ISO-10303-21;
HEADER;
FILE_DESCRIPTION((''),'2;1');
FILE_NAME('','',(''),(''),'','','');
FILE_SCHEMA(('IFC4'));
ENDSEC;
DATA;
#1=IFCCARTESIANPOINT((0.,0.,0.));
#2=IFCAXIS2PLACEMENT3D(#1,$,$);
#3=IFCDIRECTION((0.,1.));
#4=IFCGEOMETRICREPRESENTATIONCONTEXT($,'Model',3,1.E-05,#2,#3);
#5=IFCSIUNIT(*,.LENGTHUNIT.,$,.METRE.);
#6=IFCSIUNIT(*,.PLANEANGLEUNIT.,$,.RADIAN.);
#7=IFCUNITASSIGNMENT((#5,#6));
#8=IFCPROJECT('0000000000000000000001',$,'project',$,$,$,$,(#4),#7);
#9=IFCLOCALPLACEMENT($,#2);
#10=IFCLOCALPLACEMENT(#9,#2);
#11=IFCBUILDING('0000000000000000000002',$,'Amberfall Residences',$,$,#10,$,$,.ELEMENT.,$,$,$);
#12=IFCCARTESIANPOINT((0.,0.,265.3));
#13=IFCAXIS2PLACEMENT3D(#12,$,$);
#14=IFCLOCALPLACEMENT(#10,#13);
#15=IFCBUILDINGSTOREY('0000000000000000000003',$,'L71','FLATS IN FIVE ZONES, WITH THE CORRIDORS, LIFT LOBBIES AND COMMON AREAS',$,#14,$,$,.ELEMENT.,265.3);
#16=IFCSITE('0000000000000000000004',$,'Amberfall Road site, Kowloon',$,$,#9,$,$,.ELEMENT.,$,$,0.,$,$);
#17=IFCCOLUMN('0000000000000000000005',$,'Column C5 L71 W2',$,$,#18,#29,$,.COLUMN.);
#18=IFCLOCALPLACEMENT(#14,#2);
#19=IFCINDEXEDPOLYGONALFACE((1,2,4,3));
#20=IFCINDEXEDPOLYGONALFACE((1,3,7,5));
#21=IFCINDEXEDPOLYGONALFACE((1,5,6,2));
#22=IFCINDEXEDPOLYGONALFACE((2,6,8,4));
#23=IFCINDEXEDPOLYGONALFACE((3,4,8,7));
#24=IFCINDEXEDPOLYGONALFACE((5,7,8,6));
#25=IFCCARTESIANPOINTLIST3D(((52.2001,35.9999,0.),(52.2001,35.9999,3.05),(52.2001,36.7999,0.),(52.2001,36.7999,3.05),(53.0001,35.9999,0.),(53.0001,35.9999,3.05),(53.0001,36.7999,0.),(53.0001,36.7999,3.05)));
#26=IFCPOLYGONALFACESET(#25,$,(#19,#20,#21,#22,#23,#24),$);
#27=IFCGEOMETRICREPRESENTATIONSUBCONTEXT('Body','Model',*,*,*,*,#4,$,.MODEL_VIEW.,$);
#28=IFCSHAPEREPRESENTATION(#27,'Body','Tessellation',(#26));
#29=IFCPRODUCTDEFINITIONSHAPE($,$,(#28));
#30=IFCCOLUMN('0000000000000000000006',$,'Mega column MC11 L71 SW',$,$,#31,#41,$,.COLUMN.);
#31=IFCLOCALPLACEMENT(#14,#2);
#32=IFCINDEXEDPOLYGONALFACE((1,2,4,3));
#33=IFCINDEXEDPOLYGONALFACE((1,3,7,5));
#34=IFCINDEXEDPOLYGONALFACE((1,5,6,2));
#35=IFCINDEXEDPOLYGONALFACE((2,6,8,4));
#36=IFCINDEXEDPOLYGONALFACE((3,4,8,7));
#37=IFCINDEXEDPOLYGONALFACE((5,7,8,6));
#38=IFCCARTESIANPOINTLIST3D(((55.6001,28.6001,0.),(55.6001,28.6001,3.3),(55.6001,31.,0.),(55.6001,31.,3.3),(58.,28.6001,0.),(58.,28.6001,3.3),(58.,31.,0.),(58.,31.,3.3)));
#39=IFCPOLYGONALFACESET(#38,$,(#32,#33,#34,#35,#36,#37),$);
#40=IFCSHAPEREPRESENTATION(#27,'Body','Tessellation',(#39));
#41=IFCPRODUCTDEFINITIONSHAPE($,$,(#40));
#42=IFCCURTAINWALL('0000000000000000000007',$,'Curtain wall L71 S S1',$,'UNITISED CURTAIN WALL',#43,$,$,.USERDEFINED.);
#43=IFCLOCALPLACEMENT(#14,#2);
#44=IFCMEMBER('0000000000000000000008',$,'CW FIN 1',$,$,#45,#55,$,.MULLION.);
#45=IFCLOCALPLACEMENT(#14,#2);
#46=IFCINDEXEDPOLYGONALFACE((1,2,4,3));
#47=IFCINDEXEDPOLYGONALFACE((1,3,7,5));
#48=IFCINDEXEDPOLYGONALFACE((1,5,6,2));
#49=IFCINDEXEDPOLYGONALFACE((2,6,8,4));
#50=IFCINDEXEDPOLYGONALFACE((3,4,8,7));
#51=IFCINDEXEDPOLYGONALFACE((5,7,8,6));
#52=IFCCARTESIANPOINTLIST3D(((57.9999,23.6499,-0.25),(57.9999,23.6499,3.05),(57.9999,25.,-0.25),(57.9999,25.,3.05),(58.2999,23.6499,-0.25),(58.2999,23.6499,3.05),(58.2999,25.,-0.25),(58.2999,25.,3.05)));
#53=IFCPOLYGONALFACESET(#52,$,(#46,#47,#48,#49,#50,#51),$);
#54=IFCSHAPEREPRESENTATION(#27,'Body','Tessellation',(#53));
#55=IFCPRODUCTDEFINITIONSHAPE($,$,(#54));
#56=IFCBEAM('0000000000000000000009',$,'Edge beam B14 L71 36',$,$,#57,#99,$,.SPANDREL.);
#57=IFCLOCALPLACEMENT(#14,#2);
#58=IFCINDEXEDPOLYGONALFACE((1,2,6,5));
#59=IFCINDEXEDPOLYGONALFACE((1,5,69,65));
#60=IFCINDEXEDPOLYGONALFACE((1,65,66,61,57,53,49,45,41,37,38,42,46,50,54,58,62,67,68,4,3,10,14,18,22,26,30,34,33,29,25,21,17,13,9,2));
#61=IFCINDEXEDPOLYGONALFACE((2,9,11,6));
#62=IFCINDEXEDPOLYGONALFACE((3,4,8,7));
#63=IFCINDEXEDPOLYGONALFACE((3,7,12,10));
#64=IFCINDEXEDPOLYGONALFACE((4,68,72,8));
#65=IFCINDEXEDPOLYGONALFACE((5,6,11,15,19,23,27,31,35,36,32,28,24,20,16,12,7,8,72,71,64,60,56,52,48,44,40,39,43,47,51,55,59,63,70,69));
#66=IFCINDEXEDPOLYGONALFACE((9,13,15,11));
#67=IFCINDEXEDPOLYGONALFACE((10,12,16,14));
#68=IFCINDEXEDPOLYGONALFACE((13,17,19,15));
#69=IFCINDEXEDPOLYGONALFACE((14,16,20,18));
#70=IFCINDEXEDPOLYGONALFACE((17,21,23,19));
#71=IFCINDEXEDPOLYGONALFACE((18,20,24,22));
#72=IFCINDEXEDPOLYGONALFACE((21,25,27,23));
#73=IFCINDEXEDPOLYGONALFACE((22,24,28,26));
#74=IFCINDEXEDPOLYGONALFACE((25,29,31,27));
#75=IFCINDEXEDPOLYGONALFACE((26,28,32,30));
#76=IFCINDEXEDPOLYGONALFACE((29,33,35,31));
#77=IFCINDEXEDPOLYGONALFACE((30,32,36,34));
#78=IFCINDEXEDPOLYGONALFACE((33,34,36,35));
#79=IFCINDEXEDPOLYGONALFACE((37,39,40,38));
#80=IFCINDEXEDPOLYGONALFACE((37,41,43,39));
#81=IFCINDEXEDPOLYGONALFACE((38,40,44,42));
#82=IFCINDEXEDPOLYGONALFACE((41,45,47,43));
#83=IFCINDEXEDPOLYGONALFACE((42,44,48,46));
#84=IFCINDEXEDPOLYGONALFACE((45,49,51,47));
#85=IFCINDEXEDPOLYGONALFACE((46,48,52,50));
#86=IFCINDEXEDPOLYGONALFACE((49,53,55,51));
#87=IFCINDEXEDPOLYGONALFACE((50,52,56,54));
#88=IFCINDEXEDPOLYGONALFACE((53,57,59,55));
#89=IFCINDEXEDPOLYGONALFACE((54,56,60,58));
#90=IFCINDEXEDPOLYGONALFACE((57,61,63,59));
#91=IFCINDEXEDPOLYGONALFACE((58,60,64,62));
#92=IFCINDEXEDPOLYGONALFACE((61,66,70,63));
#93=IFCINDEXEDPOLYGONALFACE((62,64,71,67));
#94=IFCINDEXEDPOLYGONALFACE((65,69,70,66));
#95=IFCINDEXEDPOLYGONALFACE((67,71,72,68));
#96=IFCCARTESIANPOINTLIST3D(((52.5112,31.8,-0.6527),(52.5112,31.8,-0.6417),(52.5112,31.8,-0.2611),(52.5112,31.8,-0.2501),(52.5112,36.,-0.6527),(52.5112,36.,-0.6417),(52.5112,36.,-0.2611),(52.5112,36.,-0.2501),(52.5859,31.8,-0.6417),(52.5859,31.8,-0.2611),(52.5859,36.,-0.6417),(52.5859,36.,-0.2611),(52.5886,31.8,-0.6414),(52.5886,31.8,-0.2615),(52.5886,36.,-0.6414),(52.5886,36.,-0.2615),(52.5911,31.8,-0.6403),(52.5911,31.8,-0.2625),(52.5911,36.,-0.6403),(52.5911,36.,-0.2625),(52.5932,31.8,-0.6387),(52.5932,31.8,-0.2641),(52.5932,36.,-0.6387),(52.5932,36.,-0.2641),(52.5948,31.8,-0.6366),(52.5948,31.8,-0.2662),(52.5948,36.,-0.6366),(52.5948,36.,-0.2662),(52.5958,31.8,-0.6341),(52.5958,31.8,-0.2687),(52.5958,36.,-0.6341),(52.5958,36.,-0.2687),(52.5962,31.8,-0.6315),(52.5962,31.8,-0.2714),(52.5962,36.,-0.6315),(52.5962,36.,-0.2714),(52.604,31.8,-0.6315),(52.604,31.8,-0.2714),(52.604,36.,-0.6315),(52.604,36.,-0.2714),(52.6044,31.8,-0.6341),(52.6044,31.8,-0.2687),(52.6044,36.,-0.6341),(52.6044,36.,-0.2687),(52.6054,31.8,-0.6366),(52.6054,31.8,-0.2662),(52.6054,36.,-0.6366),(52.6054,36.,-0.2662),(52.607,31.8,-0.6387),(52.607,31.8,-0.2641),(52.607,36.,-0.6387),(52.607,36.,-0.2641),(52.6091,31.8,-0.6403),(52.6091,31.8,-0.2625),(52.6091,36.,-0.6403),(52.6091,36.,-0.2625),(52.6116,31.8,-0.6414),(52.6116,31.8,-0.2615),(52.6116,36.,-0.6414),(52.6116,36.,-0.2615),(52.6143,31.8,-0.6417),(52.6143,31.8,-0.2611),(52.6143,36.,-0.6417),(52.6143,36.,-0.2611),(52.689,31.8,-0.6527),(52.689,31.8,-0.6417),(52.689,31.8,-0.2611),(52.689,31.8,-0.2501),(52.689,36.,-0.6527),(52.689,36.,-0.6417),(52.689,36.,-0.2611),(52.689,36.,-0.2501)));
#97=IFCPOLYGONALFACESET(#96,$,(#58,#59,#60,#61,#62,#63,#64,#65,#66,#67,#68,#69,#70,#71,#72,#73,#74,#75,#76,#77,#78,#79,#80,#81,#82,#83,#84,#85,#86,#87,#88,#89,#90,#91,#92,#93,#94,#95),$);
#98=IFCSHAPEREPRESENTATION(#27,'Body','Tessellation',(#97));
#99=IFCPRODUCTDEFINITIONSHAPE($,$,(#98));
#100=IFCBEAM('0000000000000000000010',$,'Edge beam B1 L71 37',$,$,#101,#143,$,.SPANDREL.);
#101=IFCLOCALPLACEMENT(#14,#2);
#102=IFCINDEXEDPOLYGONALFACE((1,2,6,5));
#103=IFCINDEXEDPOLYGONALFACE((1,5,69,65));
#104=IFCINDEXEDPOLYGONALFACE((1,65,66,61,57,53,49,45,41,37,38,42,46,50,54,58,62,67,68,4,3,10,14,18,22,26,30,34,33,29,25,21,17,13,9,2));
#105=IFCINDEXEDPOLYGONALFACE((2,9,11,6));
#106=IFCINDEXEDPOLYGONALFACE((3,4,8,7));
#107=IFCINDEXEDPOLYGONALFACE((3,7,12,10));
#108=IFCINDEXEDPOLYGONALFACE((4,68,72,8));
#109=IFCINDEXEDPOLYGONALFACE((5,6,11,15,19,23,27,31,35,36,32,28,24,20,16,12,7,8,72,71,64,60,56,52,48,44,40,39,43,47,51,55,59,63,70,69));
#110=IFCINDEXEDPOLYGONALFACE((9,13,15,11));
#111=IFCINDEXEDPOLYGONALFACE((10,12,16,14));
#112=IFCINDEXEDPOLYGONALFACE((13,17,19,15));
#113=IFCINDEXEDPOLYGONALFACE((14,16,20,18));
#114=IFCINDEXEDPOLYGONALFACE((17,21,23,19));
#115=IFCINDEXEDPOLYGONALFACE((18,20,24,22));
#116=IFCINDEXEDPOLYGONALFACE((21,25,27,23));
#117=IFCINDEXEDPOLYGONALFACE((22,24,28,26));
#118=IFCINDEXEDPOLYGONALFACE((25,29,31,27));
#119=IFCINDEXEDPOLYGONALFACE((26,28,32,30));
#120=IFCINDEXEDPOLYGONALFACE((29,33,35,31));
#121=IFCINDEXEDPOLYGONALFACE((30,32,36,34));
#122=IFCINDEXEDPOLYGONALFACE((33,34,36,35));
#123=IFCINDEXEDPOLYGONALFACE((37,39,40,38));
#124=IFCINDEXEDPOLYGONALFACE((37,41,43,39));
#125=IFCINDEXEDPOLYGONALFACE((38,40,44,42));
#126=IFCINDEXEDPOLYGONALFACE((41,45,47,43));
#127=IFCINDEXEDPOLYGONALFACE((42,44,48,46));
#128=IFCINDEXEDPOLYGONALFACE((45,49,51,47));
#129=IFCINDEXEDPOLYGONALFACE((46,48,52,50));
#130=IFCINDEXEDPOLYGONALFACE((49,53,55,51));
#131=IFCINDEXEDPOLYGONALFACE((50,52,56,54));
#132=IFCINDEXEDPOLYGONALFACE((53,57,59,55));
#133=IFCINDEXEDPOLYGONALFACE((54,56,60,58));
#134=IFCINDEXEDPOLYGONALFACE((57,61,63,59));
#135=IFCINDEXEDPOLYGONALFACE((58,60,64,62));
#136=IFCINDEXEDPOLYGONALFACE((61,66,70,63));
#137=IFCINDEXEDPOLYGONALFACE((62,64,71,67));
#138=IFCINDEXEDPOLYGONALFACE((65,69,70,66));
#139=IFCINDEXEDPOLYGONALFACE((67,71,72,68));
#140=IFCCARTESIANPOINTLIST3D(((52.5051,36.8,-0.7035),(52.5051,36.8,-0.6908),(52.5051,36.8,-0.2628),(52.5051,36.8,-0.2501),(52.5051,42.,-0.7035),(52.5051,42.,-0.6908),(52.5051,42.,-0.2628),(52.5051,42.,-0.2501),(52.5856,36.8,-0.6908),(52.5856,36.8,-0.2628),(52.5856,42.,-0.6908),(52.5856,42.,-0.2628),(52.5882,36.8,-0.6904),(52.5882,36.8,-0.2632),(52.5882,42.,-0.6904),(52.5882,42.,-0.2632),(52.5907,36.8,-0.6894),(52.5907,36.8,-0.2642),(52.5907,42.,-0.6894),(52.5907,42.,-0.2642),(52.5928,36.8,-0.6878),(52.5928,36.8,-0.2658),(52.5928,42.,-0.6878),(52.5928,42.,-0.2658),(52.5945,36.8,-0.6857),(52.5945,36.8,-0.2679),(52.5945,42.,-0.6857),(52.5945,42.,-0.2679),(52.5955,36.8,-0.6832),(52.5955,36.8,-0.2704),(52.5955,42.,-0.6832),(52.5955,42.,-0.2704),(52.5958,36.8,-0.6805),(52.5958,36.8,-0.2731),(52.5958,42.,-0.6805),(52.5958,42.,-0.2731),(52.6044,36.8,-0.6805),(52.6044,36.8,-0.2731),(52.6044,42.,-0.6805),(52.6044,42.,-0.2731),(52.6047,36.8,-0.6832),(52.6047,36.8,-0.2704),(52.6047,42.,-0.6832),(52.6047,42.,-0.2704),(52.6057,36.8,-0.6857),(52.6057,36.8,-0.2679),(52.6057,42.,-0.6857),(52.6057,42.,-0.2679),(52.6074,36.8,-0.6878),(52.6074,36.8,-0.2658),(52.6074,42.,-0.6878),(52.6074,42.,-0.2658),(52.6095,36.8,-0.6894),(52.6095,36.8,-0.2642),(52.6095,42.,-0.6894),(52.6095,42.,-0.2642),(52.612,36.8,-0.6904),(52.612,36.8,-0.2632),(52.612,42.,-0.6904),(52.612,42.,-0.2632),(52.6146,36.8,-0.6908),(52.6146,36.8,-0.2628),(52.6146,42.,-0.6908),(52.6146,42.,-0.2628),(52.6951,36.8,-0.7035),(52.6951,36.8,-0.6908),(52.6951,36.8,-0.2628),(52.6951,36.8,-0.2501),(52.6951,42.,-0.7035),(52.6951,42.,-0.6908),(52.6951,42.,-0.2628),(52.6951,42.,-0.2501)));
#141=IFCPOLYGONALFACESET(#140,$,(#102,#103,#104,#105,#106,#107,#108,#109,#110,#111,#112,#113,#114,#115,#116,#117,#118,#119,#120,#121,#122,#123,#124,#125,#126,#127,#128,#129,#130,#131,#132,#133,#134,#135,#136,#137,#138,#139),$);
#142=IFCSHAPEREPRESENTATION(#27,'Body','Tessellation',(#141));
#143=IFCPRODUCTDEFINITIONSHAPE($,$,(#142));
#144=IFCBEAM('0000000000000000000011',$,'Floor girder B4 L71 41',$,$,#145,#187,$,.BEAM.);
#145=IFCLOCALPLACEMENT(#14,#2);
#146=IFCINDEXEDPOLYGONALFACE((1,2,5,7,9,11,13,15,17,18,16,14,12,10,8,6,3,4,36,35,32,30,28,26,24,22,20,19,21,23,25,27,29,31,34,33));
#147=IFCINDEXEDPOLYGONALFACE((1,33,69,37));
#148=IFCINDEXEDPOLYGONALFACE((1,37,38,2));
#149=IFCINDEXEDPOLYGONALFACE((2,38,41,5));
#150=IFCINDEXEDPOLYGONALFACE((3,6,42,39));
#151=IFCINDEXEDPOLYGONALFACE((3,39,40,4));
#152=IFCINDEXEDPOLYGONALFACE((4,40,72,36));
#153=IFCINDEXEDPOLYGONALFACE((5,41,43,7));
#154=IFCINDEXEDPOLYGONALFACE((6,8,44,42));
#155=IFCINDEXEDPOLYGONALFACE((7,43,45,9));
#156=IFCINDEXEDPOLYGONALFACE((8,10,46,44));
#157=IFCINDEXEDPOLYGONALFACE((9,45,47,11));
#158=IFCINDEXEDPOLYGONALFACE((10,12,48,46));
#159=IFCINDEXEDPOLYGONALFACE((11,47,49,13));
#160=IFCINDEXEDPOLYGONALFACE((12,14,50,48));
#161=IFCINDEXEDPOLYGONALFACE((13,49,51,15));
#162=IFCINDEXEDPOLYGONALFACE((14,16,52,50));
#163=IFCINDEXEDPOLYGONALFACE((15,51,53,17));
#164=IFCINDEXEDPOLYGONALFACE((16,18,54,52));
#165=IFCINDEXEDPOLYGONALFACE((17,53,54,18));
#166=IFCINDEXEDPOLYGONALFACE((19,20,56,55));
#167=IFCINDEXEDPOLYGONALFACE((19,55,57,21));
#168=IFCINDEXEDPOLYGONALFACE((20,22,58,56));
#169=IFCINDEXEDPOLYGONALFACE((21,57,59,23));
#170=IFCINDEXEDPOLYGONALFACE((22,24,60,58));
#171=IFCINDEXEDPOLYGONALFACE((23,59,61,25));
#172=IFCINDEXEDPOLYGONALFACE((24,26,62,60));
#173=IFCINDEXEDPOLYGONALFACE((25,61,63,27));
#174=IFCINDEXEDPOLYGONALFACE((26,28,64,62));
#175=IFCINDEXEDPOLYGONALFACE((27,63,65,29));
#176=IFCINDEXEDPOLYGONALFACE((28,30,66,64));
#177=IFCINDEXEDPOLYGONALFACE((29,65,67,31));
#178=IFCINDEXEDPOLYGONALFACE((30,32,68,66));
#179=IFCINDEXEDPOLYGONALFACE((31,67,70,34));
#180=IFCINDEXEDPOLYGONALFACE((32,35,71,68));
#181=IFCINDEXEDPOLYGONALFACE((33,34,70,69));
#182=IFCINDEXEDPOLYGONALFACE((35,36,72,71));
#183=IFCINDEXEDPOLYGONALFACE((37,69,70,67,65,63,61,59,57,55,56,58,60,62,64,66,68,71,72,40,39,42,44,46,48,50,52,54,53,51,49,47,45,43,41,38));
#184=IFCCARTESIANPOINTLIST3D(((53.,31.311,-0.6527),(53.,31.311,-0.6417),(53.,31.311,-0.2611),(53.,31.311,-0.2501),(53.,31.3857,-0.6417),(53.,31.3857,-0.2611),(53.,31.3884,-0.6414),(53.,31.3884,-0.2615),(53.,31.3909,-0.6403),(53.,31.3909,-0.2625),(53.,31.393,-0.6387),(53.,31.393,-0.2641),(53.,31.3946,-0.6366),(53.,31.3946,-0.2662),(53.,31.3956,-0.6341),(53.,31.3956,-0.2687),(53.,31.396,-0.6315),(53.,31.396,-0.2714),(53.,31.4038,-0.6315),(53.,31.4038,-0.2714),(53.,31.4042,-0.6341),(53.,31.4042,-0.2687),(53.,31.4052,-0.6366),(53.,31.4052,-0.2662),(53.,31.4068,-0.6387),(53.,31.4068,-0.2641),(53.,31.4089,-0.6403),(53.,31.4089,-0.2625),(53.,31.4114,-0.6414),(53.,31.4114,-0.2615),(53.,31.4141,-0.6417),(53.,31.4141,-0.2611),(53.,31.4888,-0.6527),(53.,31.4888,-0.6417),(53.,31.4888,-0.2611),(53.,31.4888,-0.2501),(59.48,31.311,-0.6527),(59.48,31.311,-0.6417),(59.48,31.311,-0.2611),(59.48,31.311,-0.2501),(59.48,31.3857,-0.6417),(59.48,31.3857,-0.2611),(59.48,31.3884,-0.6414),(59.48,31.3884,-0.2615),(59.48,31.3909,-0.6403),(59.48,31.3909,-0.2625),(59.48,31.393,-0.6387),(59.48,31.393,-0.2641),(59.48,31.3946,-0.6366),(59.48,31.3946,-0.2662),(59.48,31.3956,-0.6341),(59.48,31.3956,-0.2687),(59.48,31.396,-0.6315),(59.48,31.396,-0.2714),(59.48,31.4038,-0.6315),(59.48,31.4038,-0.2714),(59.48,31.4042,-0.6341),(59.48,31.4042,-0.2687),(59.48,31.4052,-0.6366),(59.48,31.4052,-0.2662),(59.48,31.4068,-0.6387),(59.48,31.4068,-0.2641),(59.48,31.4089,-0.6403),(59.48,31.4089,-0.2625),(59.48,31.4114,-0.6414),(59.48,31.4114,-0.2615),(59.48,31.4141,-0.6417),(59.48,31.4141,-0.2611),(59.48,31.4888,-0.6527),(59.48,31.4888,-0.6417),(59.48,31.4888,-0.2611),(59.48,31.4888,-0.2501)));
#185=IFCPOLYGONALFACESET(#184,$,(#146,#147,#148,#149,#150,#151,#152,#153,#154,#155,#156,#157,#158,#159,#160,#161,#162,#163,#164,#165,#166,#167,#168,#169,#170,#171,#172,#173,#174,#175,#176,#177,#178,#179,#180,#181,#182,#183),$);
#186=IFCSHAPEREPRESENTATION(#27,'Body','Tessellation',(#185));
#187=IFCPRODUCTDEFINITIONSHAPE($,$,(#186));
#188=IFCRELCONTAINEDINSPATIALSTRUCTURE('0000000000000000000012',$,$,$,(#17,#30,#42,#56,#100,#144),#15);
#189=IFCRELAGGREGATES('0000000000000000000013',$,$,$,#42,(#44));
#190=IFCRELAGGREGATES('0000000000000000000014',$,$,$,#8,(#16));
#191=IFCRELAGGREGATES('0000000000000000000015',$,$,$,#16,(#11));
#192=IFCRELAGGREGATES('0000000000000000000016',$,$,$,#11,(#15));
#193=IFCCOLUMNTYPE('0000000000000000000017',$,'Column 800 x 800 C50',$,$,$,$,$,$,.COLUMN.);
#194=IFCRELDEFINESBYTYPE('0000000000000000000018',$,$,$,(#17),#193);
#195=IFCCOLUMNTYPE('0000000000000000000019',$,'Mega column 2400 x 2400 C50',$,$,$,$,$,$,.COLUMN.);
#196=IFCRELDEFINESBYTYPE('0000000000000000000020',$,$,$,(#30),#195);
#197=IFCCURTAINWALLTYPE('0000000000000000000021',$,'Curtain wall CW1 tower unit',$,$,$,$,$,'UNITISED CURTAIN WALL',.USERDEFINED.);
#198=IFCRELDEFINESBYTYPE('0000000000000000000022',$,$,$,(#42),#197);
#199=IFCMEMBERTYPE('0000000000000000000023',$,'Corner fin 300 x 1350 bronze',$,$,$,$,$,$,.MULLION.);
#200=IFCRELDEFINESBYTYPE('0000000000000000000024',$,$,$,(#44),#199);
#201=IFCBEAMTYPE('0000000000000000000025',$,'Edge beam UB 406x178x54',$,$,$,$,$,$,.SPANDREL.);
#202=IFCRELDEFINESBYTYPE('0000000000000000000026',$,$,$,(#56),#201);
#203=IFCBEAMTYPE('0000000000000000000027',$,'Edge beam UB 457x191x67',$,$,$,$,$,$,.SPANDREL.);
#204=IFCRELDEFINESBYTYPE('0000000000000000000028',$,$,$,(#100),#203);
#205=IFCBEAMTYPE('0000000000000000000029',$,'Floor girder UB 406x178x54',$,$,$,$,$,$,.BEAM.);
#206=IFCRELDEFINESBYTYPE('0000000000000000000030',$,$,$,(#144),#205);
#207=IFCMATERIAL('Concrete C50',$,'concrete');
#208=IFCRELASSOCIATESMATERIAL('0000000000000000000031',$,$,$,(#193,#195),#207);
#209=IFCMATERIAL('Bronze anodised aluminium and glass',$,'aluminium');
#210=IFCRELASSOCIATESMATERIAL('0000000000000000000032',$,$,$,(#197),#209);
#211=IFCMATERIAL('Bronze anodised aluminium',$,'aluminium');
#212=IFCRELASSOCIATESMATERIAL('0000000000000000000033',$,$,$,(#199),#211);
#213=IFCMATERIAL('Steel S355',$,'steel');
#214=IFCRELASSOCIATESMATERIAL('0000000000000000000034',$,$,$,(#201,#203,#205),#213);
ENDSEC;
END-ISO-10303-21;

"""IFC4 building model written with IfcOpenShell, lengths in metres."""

from ifc_helpers import new_model, si_unit, direction, frame, origin, origin_2d, place, context, subcontext, project, spatial, rectangle, i_section, extrude, material, material_profile, profile_set, type_object, element, aggregate, save


model = new_model("IFC4")

# Units and contexts
model_context = context("Model", 3, precision=1e-05, world=origin(), true_north=direction((0.0, 1.0)))
body_context = subcontext(model_context, "Body", "Model", "MODEL_VIEW")
ifc_project = project(units=[si_unit("LENGTHUNIT", "METRE"), si_unit("PLANEANGLEUNIT", "RADIAN")], contexts=[model_context])

# Site, building, storey
site_placement = place(None, origin())
site = spatial("IfcSite", under=ifc_project, at=site_placement, Name="Amberfall Road site, Kowloon", CompositionType="ELEMENT", RefElevation=0.0)
building_placement = place(site_placement, origin())
building = spatial("IfcBuilding", under=site, at=building_placement, Name="Amberfall Residences", CompositionType="ELEMENT")
storey_placement = place(building_placement, frame((0.0, 0.0, 265.3)))
storey = spatial("IfcBuildingStorey", under=building, at=storey_placement, Name="L71", Description="FLATS IN FIVE ZONES, WITH THE CORRIDORS, LIFT LOBBIES AND COMMON AREAS", CompositionType="ELEMENT", Elevation=265.3)

# Columns
ifc_material_1 = material(Name="Concrete C50", Category="concrete")
ifc_material_profile_1 = material_profile(ifc_material_1, rectangle(XDim=0.8, YDim=0.8, at=origin_2d()), Name="Column 800 x 800 C50")
ifc_profile_set_1 = profile_set([ifc_material_profile_1], Name="Concrete C50")
column_type_1 = type_object("IfcColumnType", Name="Column 800 x 800 C50", PredefinedType="COLUMN", material=ifc_profile_set_1)
column_1_placement = place(storey_placement, frame((52.6001, 36.3999, 0.0), z_axis=(0.0, 0.0, 1.0), x_axis=(1.0, 0.0, 0.0)))
element("IfcColumn", 1, at=column_1_placement, inside=storey, type_object=column_type_1, Name="Column C5 L71 W2", PredefinedType="COLUMN", context=body_context, shape_type="SweptSolid", body=[
    extrude(rectangle(XDim=0.8, YDim=0.8, at=origin_2d()), origin(), (0.0, 0.0, 1.0), 3.05),
])
ifc_material_profile_2 = material_profile(ifc_material_1, rectangle(XDim=2.3999, YDim=2.3999, at=origin_2d()), Name="Mega column 2400 x 2400 C50")
ifc_profile_set_2 = profile_set([ifc_material_profile_2], Name="Concrete C50")
column_type_2 = type_object("IfcColumnType", Name="Mega column 2400 x 2400 C50", PredefinedType="COLUMN", material=ifc_profile_set_2)
column_2_placement = place(storey_placement, frame((56.8, 29.8, 0.0), z_axis=(0.0, 0.0, 1.0), x_axis=(1.0, 0.0, 0.0)))
element("IfcColumn", 2, at=column_2_placement, inside=storey, type_object=column_type_2, Name="Mega column MC11 L71 SW", PredefinedType="COLUMN", context=body_context, shape_type="SweptSolid", body=[
    extrude(rectangle(XDim=2.3999, YDim=2.3999, at=origin_2d()), origin(), (0.0, 0.0, 1.0), 3.3),
])

# Curtain wall, member
ifc_material_2 = material(Name="Bronze anodised aluminium and glass", Category="aluminium")
curtain_wall_type = type_object("IfcCurtainWallType", Name="Curtain wall CW1 tower unit", ElementType="UNITISED CURTAIN WALL", PredefinedType="USERDEFINED", material=ifc_material_2)
curtain_wall_placement = place(storey_placement, origin())
curtain_wall = element("IfcCurtainWall", 3, at=curtain_wall_placement, inside=storey, type_object=curtain_wall_type, Name="Curtain wall L71 S S1", ObjectType="UNITISED CURTAIN WALL", PredefinedType="USERDEFINED")
ifc_material_3 = material(Name="Bronze anodised aluminium", Category="aluminium")
ifc_material_profile_3 = material_profile(ifc_material_3, rectangle(XDim=1.3501, YDim=0.3, at=origin_2d()), Name="Corner fin 300 x 1350 bronze")
ifc_profile_set_3 = profile_set([ifc_material_profile_3], Name="Bronze anodised aluminium")
member_type = type_object("IfcMemberType", Name="Corner fin 300 x 1350 bronze", PredefinedType="MULLION", material=ifc_profile_set_3)
member_placement = place(storey_placement, frame((58.1499, 24.325, -0.25), z_axis=(0.0, 0.0, 1.0), x_axis=(0.0, 1.0, 0.0)))
member = element("IfcMember", 4, at=member_placement, type_object=member_type, Name="CW FIN 1", PredefinedType="MULLION", context=body_context, shape_type="SweptSolid", body=[
    extrude(rectangle(XDim=1.3501, YDim=0.3, at=origin_2d()), origin(), (0.0, 0.0, 1.0), 3.3),
])
aggregate(curtain_wall, [member])

# Beams
ifc_material_4 = material(Name="Steel S355", Category="steel")
ifc_material_profile_4 = material_profile(ifc_material_4, i_section(OverallWidth=0.1777, OverallDepth=0.4026, WebThickness=0.0078, FlangeThickness=0.011, FilletRadius=0.0103, at=origin_2d()), Name="UB 406x178x54")
ifc_profile_set_4 = profile_set([ifc_material_profile_4], Name="Steel S355")
beam_type_1 = type_object("IfcBeamType", Name="Edge beam UB 406x178x54", PredefinedType="SPANDREL", material=ifc_profile_set_4)
beam_1_placement = place(storey_placement, frame((52.6001, 31.8, -0.4514), z_axis=(0.0, 1.0, 0.0), x_axis=(-1.0, 0.0, 0.0)))
element("IfcBeam", 5, at=beam_1_placement, inside=storey, type_object=beam_type_1, Name="Edge beam B14 L71 36", PredefinedType="SPANDREL", context=body_context, shape_type="SweptSolid", body=[
    extrude(i_section(OverallWidth=0.1777, OverallDepth=0.4026, WebThickness=0.0078, FlangeThickness=0.011, FilletRadius=0.0103, at=origin_2d()), origin(), (0.0, 0.0, 1.0), 4.2),
])
ifc_material_profile_5 = material_profile(ifc_material_4, i_section(OverallWidth=0.1899, OverallDepth=0.4534, WebThickness=0.0085, FlangeThickness=0.0127, FilletRadius=0.0103, at=origin_2d()), Name="UB 457x191x67")
ifc_profile_set_5 = profile_set([ifc_material_profile_5], Name="Steel S355")
beam_type_2 = type_object("IfcBeamType", Name="Edge beam UB 457x191x67", PredefinedType="SPANDREL", material=ifc_profile_set_5)
beam_2_placement = place(storey_placement, frame((52.6001, 36.8, -0.4768), z_axis=(0.0, 1.0, 0.0), x_axis=(-1.0, 0.0, 0.0)))
element("IfcBeam", 6, at=beam_2_placement, inside=storey, type_object=beam_type_2, Name="Edge beam B1 L71 37", PredefinedType="SPANDREL", context=body_context, shape_type="SweptSolid", body=[
    extrude(i_section(OverallWidth=0.1899, OverallDepth=0.4534, WebThickness=0.0085, FlangeThickness=0.0127, FilletRadius=0.0103, at=origin_2d()), origin(), (0.0, 0.0, 1.0), 5.2),
])
ifc_material_profile_6 = material_profile(ifc_material_4, i_section(OverallWidth=0.1777, OverallDepth=0.4026, WebThickness=0.0078, FlangeThickness=0.011, FilletRadius=0.0103, at=origin_2d()), Name="UB 406x178x54")
ifc_profile_set_6 = profile_set([ifc_material_profile_6], Name="Steel S355")
beam_type_3 = type_object("IfcBeamType", Name="Floor girder UB 406x178x54", PredefinedType="BEAM", material=ifc_profile_set_6)
beam_3_placement = place(storey_placement, frame((53.0, 31.3999, -0.4514), z_axis=(1.0, 0.0, 0.0), x_axis=(0.0, 1.0, 0.0)))
element("IfcBeam", 7, at=beam_3_placement, inside=storey, type_object=beam_type_3, Name="Floor girder B4 L71 41", PredefinedType="BEAM", context=body_context, shape_type="SweptSolid", body=[
    extrude(i_section(OverallWidth=0.1777, OverallDepth=0.4026, WebThickness=0.0078, FlangeThickness=0.011, FilletRadius=0.0103, at=origin_2d()), origin(), (0.0, 0.0, 1.0), 6.48),
])

save(model, "model.ifc")
